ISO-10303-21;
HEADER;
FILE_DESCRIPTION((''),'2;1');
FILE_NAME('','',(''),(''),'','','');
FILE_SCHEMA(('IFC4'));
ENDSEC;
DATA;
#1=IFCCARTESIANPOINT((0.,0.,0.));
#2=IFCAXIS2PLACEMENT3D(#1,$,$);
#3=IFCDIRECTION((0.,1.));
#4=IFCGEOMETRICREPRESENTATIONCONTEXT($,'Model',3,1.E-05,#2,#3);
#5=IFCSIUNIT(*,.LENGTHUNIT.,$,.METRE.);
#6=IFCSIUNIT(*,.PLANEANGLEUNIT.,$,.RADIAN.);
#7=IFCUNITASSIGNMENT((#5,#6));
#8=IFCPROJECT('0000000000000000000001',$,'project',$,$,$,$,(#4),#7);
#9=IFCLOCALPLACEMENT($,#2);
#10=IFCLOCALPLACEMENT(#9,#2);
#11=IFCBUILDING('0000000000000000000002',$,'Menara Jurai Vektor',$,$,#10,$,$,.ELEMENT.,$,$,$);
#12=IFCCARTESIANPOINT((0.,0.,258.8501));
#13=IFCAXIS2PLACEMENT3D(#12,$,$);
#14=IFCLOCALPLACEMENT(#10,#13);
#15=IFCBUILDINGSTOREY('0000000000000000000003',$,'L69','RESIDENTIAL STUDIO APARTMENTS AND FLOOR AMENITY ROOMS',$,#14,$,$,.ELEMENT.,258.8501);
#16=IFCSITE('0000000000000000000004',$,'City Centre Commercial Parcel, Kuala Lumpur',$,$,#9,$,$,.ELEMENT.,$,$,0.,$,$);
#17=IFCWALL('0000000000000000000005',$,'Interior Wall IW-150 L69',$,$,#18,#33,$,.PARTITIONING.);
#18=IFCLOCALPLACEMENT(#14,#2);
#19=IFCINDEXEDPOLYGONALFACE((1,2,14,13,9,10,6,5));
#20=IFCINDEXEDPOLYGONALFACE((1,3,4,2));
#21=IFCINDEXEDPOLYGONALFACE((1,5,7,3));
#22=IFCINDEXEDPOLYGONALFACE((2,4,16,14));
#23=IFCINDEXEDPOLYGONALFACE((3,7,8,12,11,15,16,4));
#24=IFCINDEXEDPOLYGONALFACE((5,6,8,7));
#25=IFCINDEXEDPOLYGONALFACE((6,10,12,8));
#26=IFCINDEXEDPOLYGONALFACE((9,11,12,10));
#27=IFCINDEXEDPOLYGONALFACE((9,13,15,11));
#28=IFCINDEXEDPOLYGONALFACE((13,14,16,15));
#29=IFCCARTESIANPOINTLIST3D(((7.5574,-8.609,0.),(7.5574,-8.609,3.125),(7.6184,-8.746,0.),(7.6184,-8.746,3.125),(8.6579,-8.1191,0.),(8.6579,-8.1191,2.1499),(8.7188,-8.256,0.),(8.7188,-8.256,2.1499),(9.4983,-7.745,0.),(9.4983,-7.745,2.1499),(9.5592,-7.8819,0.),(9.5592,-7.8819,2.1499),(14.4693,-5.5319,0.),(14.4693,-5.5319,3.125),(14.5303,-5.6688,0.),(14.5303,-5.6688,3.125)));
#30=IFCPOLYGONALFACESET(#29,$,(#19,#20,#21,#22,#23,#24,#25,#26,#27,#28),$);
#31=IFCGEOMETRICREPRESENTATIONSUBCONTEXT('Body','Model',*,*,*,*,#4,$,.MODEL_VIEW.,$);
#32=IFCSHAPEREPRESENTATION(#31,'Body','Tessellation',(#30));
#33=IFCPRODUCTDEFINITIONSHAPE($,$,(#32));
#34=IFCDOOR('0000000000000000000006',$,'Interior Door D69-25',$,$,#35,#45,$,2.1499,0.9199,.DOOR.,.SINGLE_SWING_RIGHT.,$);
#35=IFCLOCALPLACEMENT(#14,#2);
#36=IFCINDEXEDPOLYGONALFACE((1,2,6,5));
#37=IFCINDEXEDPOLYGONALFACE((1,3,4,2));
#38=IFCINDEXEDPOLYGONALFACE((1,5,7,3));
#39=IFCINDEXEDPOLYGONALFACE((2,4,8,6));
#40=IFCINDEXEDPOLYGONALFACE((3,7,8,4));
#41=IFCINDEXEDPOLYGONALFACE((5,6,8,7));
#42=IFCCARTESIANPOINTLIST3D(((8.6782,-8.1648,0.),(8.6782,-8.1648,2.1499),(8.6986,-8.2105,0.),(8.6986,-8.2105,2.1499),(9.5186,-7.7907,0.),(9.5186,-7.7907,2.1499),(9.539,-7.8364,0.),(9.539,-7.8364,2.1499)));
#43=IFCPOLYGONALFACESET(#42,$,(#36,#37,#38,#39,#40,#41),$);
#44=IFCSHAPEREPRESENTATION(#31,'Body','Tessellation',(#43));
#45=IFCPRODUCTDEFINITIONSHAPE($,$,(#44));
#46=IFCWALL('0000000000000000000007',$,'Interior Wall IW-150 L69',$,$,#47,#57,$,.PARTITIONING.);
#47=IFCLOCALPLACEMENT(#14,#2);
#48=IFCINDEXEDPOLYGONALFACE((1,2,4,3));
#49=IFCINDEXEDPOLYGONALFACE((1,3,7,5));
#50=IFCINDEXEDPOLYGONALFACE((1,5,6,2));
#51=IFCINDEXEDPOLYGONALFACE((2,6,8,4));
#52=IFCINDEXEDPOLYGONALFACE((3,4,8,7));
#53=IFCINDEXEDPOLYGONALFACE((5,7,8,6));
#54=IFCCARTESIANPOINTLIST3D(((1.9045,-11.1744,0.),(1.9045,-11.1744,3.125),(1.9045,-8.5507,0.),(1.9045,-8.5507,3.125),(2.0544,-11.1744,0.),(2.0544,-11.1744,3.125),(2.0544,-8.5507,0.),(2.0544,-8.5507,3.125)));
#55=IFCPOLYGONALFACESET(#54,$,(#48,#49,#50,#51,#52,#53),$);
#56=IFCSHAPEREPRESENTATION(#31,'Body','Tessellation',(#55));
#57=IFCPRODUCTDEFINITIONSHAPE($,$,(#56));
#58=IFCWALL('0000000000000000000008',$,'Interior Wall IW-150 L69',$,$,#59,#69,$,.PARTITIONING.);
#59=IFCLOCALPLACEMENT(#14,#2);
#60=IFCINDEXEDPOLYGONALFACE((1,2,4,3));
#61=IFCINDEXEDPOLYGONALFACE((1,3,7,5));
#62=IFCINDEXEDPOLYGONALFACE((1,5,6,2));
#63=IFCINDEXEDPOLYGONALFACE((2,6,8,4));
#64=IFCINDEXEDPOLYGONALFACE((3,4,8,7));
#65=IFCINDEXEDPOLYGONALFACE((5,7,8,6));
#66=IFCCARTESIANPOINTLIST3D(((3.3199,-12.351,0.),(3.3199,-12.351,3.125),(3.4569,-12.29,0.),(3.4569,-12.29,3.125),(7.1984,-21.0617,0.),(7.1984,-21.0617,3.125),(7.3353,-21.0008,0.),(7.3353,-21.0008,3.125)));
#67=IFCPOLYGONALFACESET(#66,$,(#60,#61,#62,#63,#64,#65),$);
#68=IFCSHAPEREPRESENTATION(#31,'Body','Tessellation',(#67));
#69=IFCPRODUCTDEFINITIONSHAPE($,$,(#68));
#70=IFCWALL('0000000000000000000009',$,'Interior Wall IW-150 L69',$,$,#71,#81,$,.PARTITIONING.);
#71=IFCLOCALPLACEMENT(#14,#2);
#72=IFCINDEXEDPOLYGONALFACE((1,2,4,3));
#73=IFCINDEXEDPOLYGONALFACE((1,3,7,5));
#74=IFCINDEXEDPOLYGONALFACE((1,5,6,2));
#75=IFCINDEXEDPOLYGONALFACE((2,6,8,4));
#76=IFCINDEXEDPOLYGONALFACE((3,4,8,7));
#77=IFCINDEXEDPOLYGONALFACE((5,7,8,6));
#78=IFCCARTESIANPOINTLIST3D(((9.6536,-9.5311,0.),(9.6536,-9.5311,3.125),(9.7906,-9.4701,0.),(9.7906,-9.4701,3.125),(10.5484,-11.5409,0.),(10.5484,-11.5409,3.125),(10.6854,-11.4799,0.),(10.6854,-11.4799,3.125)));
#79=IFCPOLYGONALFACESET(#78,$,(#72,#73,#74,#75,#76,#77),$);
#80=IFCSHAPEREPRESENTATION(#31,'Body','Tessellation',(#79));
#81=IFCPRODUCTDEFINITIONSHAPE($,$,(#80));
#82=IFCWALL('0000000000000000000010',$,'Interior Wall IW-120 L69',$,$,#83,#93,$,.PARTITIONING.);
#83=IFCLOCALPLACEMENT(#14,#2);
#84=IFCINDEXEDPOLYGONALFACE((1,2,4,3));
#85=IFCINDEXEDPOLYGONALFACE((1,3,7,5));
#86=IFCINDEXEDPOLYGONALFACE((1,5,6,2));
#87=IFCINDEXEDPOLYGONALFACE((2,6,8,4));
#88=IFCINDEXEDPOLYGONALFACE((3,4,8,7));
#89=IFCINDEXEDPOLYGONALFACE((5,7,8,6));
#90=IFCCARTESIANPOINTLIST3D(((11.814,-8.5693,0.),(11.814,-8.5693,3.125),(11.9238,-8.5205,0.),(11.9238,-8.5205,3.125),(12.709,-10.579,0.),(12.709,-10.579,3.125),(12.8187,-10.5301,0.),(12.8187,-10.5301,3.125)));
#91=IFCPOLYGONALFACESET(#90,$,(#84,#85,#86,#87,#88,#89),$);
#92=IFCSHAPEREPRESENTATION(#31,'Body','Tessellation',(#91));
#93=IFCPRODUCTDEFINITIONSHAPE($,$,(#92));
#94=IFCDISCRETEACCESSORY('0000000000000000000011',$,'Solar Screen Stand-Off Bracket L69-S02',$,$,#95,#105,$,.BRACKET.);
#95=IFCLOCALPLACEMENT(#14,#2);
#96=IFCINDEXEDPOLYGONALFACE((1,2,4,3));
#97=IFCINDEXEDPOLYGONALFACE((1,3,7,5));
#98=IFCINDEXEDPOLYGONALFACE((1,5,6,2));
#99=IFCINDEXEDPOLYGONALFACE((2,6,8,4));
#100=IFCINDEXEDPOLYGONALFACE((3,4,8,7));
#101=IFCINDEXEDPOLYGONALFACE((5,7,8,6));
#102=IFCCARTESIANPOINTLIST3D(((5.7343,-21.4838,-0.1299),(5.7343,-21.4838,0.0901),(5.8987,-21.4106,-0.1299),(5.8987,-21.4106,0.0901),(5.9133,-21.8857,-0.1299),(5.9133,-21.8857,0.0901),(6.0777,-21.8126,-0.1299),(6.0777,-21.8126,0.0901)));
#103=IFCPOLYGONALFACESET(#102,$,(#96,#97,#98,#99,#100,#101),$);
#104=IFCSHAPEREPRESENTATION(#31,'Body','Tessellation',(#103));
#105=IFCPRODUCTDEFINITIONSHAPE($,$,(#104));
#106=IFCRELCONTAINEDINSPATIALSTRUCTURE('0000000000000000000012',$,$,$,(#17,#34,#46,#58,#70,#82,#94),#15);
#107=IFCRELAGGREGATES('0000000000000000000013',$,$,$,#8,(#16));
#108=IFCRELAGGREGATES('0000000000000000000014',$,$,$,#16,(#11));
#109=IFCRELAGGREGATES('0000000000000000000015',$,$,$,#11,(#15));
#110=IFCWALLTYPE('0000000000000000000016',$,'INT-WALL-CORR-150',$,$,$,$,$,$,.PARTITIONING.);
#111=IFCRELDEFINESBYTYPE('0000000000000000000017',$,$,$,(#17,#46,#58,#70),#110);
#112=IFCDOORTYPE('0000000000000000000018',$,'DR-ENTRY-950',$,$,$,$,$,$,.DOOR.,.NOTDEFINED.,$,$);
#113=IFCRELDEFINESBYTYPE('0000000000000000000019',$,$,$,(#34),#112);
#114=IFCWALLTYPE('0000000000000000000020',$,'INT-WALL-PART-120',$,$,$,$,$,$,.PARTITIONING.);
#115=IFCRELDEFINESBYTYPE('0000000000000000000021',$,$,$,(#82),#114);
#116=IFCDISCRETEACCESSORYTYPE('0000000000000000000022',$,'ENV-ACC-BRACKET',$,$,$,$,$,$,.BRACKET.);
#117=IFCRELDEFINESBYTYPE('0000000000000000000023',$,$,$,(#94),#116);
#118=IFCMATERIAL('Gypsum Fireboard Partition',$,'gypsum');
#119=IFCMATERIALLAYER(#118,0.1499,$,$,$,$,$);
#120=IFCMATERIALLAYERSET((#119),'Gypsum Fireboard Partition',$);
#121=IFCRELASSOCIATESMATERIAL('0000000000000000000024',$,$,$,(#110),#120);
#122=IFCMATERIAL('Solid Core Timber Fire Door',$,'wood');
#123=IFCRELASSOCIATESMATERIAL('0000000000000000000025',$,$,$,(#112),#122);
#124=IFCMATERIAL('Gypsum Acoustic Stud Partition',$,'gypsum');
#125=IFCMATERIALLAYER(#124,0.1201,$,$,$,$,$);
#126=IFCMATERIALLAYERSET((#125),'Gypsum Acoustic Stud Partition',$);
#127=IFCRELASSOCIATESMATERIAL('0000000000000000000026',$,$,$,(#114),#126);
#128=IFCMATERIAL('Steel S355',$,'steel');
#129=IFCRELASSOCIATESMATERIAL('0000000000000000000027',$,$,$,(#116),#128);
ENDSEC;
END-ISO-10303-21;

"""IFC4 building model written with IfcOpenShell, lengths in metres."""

from ifc_helpers import new_model, si_unit, direction, frame, frame_2d, origin, origin_2d, place, context, subcontext, project, spatial, rectangle, extrude, material, layer, layer_set, type_object, element, fill, save


model = new_model("IFC4")

# Units and contexts
model_context = context("Model", 3, precision=1e-05, world=origin(), true_north=direction((0.0, 1.0)))
body_context = subcontext(model_context, "Body", "Model", "MODEL_VIEW")
ifc_project = project(units=[si_unit("LENGTHUNIT", "METRE"), si_unit("PLANEANGLEUNIT", "RADIAN")], contexts=[model_context])

# Site, building, storey
site_placement = place(None, origin())
site = spatial("IfcSite", under=ifc_project, at=site_placement, Name="City Centre Commercial Parcel, Kuala Lumpur", CompositionType="ELEMENT", RefElevation=0.0)
building_placement = place(site_placement, origin())
building = spatial("IfcBuilding", under=site, at=building_placement, Name="Menara Jurai Vektor", CompositionType="ELEMENT")
storey_placement = place(building_placement, frame((0.0, 0.0, 258.8501)))
storey = spatial("IfcBuildingStorey", under=building, at=storey_placement, Name="L69", Description="RESIDENTIAL STUDIO APARTMENTS AND FLOOR AMENITY ROOMS", CompositionType="ELEMENT", Elevation=258.8501)

# Shared definitions
ifc_material_1 = material(Name="Steel S355", Category="steel")

# Shared definitions
ifc_material_2 = material(Name="Gypsum Fireboard Partition", Category="gypsum")
ifc_layer_1 = layer(ifc_material_2, 0.1499)
ifc_layer_set_1 = layer_set([ifc_layer_1], Name="Gypsum Fireboard Partition")
wall_type_1 = type_object("IfcWallType", Name="INT-WALL-CORR-150", PredefinedType="PARTITIONING", material=ifc_layer_set_1)

# Shared definitions
ifc_material_3 = material(Name="Solid Core Timber Fire Door", Category="wood")
door_type_1 = type_object("IfcDoorType", Name="DR-ENTRY-950", OperationType="NOTDEFINED", PredefinedType="DOOR", material=ifc_material_3)

# Wall, opening, door
wall_1_placement = place(storey_placement, frame((7.5879, -8.6775, 0.0), z_axis=(0.0, 0.0, 1.0), x_axis=(0.913556, 0.406713, 0.0)))
wall_1 = element("IfcWall", 1, at=wall_1_placement, inside=storey, type_object=wall_type_1, Name="Interior Wall IW-150 L69", PredefinedType="PARTITIONING", context=body_context, shape_type="SweptSolid", body=[
    extrude(rectangle(XDim=7.5659, YDim=0.1499, at=frame_2d((3.783, 0.0))), origin(), (0.0, 0.0, 1.0), 3.125),
])
opening_1_placement = place(wall_1_placement, frame((1.2046, 0.0, 0.0)))
opening_1 = element("IfcOpeningElement", 2, at=opening_1_placement, cuts=wall_1, PredefinedType="OPENING", context=body_context, shape_type="SweptSolid", body=[
    extrude(rectangle(XDim=0.9199, YDim=2.1499, at=frame_2d((0.46, 1.075))), frame((0.0, 0.085, 0.0), z_axis=(0.0, -1.0, 0.0), x_axis=(1.0, 0.0, 0.0)), (0.0, 0.0, 1.0), 0.1699),
])
door_1_placement = place(opening_1_placement, origin())
door_1 = element("IfcDoor", 3, at=door_1_placement, inside=storey, type_object=door_type_1, Name="Interior Door D69-25", OperationType="SINGLE_SWING_RIGHT", OverallHeight=2.1499, OverallWidth=0.9199, PredefinedType="DOOR", context=body_context, shape_type="SweptSolid", body=[
    extrude(rectangle(XDim=0.9199, YDim=2.1499, at=frame_2d((0.46, 1.075))), frame((0.0, 0.0249, 0.0), z_axis=(0.0, -1.0, 0.0), x_axis=(1.0, 0.0, 0.0)), (0.0, 0.0, 1.0), 0.05),
])
fill(opening_1, door_1)

# Walls
wall_2_placement = place(storey_placement, frame((1.9795, -11.1746, 0.0), z_axis=(0.0, 0.0, 1.0), x_axis=(0.0, 1.0, 0.0)))
element("IfcWall", 4, at=wall_2_placement, inside=storey, type_object=wall_type_1, Name="Interior Wall IW-150 L69", PredefinedType="PARTITIONING", context=body_context, shape_type="SweptSolid", body=[
    extrude(rectangle(XDim=2.6238, YDim=0.1499, at=frame_2d((1.312, 0.0))), origin(), (0.0, 0.0, 1.0), 3.125),
])
wall_3_placement = place(storey_placement, frame((7.2668, -21.0312, 0.0), z_axis=(0.0, 0.0, 1.0), x_axis=(-0.406751, 0.913539, 0.0)))
element("IfcWall", 5, at=wall_3_placement, inside=storey, type_object=wall_type_1, Name="Interior Wall IW-150 L69", PredefinedType="PARTITIONING", context=body_context, shape_type="SweptSolid", body=[
    extrude(rectangle(XDim=9.5352, YDim=0.1499, at=frame_2d((4.7676, 0.0))), origin(), (0.0, 0.0, 1.0), 3.125),
])
wall_4_placement = place(storey_placement, frame((10.6169, -11.5105, 0.0), z_axis=(0.0, 0.0, 1.0), x_axis=(-0.406725, 0.913551, 0.0)))
element("IfcWall", 6, at=wall_4_placement, inside=storey, type_object=wall_type_1, Name="Interior Wall IW-150 L69", PredefinedType="PARTITIONING", context=body_context, shape_type="SweptSolid", body=[
    extrude(rectangle(XDim=2.2, YDim=0.1499, at=frame_2d((1.1001, 0.0))), origin(), (0.0, 0.0, 1.0), 3.125),
])

# Wall
ifc_material_4 = material(Name="Gypsum Acoustic Stud Partition", Category="gypsum")
ifc_layer_2 = layer(ifc_material_4, 0.1201)
ifc_layer_set_2 = layer_set([ifc_layer_2], Name="Gypsum Acoustic Stud Partition")
wall_type_2 = type_object("IfcWallType", Name="INT-WALL-PART-120", PredefinedType="PARTITIONING", material=ifc_layer_set_2)
wall_5_placement = place(storey_placement, frame((12.7639, -10.5547, 0.0), z_axis=(0.0, 0.0, 1.0), x_axis=(-0.406818, 0.913509, 0.0)))
element("IfcWall", 7, at=wall_5_placement, inside=storey, type_object=wall_type_2, Name="Interior Wall IW-120 L69", PredefinedType="PARTITIONING", context=body_context, shape_type="SweptSolid", body=[
    extrude(rectangle(XDim=2.2, YDim=0.1201, at=frame_2d((1.1001, 0.0))), origin(), (0.0, 0.0, 1.0), 3.125),
])

# Discrete accessory
discrete_accessory_type = type_object("IfcDiscreteAccessoryType", Name="ENV-ACC-BRACKET", PredefinedType="BRACKET", material=ifc_material_1)
discrete_accessory_placement = place(storey_placement, frame((5.906, -21.6482, -0.1299), z_axis=(0.0, 0.0, 1.0), x_axis=(0.913545, 0.406737, 0.0)))
element("IfcDiscreteAccessory", 8, at=discrete_accessory_placement, inside=storey, type_object=discrete_accessory_type, Name="Solar Screen Stand-Off Bracket L69-S02", PredefinedType="BRACKET", context=body_context, shape_type="SweptSolid", body=[
    extrude(rectangle(XDim=0.1799, YDim=0.4399, at=origin_2d()), origin(), (0.0, 0.0, 1.0), 0.22),
])

save(model, "model.ifc")
